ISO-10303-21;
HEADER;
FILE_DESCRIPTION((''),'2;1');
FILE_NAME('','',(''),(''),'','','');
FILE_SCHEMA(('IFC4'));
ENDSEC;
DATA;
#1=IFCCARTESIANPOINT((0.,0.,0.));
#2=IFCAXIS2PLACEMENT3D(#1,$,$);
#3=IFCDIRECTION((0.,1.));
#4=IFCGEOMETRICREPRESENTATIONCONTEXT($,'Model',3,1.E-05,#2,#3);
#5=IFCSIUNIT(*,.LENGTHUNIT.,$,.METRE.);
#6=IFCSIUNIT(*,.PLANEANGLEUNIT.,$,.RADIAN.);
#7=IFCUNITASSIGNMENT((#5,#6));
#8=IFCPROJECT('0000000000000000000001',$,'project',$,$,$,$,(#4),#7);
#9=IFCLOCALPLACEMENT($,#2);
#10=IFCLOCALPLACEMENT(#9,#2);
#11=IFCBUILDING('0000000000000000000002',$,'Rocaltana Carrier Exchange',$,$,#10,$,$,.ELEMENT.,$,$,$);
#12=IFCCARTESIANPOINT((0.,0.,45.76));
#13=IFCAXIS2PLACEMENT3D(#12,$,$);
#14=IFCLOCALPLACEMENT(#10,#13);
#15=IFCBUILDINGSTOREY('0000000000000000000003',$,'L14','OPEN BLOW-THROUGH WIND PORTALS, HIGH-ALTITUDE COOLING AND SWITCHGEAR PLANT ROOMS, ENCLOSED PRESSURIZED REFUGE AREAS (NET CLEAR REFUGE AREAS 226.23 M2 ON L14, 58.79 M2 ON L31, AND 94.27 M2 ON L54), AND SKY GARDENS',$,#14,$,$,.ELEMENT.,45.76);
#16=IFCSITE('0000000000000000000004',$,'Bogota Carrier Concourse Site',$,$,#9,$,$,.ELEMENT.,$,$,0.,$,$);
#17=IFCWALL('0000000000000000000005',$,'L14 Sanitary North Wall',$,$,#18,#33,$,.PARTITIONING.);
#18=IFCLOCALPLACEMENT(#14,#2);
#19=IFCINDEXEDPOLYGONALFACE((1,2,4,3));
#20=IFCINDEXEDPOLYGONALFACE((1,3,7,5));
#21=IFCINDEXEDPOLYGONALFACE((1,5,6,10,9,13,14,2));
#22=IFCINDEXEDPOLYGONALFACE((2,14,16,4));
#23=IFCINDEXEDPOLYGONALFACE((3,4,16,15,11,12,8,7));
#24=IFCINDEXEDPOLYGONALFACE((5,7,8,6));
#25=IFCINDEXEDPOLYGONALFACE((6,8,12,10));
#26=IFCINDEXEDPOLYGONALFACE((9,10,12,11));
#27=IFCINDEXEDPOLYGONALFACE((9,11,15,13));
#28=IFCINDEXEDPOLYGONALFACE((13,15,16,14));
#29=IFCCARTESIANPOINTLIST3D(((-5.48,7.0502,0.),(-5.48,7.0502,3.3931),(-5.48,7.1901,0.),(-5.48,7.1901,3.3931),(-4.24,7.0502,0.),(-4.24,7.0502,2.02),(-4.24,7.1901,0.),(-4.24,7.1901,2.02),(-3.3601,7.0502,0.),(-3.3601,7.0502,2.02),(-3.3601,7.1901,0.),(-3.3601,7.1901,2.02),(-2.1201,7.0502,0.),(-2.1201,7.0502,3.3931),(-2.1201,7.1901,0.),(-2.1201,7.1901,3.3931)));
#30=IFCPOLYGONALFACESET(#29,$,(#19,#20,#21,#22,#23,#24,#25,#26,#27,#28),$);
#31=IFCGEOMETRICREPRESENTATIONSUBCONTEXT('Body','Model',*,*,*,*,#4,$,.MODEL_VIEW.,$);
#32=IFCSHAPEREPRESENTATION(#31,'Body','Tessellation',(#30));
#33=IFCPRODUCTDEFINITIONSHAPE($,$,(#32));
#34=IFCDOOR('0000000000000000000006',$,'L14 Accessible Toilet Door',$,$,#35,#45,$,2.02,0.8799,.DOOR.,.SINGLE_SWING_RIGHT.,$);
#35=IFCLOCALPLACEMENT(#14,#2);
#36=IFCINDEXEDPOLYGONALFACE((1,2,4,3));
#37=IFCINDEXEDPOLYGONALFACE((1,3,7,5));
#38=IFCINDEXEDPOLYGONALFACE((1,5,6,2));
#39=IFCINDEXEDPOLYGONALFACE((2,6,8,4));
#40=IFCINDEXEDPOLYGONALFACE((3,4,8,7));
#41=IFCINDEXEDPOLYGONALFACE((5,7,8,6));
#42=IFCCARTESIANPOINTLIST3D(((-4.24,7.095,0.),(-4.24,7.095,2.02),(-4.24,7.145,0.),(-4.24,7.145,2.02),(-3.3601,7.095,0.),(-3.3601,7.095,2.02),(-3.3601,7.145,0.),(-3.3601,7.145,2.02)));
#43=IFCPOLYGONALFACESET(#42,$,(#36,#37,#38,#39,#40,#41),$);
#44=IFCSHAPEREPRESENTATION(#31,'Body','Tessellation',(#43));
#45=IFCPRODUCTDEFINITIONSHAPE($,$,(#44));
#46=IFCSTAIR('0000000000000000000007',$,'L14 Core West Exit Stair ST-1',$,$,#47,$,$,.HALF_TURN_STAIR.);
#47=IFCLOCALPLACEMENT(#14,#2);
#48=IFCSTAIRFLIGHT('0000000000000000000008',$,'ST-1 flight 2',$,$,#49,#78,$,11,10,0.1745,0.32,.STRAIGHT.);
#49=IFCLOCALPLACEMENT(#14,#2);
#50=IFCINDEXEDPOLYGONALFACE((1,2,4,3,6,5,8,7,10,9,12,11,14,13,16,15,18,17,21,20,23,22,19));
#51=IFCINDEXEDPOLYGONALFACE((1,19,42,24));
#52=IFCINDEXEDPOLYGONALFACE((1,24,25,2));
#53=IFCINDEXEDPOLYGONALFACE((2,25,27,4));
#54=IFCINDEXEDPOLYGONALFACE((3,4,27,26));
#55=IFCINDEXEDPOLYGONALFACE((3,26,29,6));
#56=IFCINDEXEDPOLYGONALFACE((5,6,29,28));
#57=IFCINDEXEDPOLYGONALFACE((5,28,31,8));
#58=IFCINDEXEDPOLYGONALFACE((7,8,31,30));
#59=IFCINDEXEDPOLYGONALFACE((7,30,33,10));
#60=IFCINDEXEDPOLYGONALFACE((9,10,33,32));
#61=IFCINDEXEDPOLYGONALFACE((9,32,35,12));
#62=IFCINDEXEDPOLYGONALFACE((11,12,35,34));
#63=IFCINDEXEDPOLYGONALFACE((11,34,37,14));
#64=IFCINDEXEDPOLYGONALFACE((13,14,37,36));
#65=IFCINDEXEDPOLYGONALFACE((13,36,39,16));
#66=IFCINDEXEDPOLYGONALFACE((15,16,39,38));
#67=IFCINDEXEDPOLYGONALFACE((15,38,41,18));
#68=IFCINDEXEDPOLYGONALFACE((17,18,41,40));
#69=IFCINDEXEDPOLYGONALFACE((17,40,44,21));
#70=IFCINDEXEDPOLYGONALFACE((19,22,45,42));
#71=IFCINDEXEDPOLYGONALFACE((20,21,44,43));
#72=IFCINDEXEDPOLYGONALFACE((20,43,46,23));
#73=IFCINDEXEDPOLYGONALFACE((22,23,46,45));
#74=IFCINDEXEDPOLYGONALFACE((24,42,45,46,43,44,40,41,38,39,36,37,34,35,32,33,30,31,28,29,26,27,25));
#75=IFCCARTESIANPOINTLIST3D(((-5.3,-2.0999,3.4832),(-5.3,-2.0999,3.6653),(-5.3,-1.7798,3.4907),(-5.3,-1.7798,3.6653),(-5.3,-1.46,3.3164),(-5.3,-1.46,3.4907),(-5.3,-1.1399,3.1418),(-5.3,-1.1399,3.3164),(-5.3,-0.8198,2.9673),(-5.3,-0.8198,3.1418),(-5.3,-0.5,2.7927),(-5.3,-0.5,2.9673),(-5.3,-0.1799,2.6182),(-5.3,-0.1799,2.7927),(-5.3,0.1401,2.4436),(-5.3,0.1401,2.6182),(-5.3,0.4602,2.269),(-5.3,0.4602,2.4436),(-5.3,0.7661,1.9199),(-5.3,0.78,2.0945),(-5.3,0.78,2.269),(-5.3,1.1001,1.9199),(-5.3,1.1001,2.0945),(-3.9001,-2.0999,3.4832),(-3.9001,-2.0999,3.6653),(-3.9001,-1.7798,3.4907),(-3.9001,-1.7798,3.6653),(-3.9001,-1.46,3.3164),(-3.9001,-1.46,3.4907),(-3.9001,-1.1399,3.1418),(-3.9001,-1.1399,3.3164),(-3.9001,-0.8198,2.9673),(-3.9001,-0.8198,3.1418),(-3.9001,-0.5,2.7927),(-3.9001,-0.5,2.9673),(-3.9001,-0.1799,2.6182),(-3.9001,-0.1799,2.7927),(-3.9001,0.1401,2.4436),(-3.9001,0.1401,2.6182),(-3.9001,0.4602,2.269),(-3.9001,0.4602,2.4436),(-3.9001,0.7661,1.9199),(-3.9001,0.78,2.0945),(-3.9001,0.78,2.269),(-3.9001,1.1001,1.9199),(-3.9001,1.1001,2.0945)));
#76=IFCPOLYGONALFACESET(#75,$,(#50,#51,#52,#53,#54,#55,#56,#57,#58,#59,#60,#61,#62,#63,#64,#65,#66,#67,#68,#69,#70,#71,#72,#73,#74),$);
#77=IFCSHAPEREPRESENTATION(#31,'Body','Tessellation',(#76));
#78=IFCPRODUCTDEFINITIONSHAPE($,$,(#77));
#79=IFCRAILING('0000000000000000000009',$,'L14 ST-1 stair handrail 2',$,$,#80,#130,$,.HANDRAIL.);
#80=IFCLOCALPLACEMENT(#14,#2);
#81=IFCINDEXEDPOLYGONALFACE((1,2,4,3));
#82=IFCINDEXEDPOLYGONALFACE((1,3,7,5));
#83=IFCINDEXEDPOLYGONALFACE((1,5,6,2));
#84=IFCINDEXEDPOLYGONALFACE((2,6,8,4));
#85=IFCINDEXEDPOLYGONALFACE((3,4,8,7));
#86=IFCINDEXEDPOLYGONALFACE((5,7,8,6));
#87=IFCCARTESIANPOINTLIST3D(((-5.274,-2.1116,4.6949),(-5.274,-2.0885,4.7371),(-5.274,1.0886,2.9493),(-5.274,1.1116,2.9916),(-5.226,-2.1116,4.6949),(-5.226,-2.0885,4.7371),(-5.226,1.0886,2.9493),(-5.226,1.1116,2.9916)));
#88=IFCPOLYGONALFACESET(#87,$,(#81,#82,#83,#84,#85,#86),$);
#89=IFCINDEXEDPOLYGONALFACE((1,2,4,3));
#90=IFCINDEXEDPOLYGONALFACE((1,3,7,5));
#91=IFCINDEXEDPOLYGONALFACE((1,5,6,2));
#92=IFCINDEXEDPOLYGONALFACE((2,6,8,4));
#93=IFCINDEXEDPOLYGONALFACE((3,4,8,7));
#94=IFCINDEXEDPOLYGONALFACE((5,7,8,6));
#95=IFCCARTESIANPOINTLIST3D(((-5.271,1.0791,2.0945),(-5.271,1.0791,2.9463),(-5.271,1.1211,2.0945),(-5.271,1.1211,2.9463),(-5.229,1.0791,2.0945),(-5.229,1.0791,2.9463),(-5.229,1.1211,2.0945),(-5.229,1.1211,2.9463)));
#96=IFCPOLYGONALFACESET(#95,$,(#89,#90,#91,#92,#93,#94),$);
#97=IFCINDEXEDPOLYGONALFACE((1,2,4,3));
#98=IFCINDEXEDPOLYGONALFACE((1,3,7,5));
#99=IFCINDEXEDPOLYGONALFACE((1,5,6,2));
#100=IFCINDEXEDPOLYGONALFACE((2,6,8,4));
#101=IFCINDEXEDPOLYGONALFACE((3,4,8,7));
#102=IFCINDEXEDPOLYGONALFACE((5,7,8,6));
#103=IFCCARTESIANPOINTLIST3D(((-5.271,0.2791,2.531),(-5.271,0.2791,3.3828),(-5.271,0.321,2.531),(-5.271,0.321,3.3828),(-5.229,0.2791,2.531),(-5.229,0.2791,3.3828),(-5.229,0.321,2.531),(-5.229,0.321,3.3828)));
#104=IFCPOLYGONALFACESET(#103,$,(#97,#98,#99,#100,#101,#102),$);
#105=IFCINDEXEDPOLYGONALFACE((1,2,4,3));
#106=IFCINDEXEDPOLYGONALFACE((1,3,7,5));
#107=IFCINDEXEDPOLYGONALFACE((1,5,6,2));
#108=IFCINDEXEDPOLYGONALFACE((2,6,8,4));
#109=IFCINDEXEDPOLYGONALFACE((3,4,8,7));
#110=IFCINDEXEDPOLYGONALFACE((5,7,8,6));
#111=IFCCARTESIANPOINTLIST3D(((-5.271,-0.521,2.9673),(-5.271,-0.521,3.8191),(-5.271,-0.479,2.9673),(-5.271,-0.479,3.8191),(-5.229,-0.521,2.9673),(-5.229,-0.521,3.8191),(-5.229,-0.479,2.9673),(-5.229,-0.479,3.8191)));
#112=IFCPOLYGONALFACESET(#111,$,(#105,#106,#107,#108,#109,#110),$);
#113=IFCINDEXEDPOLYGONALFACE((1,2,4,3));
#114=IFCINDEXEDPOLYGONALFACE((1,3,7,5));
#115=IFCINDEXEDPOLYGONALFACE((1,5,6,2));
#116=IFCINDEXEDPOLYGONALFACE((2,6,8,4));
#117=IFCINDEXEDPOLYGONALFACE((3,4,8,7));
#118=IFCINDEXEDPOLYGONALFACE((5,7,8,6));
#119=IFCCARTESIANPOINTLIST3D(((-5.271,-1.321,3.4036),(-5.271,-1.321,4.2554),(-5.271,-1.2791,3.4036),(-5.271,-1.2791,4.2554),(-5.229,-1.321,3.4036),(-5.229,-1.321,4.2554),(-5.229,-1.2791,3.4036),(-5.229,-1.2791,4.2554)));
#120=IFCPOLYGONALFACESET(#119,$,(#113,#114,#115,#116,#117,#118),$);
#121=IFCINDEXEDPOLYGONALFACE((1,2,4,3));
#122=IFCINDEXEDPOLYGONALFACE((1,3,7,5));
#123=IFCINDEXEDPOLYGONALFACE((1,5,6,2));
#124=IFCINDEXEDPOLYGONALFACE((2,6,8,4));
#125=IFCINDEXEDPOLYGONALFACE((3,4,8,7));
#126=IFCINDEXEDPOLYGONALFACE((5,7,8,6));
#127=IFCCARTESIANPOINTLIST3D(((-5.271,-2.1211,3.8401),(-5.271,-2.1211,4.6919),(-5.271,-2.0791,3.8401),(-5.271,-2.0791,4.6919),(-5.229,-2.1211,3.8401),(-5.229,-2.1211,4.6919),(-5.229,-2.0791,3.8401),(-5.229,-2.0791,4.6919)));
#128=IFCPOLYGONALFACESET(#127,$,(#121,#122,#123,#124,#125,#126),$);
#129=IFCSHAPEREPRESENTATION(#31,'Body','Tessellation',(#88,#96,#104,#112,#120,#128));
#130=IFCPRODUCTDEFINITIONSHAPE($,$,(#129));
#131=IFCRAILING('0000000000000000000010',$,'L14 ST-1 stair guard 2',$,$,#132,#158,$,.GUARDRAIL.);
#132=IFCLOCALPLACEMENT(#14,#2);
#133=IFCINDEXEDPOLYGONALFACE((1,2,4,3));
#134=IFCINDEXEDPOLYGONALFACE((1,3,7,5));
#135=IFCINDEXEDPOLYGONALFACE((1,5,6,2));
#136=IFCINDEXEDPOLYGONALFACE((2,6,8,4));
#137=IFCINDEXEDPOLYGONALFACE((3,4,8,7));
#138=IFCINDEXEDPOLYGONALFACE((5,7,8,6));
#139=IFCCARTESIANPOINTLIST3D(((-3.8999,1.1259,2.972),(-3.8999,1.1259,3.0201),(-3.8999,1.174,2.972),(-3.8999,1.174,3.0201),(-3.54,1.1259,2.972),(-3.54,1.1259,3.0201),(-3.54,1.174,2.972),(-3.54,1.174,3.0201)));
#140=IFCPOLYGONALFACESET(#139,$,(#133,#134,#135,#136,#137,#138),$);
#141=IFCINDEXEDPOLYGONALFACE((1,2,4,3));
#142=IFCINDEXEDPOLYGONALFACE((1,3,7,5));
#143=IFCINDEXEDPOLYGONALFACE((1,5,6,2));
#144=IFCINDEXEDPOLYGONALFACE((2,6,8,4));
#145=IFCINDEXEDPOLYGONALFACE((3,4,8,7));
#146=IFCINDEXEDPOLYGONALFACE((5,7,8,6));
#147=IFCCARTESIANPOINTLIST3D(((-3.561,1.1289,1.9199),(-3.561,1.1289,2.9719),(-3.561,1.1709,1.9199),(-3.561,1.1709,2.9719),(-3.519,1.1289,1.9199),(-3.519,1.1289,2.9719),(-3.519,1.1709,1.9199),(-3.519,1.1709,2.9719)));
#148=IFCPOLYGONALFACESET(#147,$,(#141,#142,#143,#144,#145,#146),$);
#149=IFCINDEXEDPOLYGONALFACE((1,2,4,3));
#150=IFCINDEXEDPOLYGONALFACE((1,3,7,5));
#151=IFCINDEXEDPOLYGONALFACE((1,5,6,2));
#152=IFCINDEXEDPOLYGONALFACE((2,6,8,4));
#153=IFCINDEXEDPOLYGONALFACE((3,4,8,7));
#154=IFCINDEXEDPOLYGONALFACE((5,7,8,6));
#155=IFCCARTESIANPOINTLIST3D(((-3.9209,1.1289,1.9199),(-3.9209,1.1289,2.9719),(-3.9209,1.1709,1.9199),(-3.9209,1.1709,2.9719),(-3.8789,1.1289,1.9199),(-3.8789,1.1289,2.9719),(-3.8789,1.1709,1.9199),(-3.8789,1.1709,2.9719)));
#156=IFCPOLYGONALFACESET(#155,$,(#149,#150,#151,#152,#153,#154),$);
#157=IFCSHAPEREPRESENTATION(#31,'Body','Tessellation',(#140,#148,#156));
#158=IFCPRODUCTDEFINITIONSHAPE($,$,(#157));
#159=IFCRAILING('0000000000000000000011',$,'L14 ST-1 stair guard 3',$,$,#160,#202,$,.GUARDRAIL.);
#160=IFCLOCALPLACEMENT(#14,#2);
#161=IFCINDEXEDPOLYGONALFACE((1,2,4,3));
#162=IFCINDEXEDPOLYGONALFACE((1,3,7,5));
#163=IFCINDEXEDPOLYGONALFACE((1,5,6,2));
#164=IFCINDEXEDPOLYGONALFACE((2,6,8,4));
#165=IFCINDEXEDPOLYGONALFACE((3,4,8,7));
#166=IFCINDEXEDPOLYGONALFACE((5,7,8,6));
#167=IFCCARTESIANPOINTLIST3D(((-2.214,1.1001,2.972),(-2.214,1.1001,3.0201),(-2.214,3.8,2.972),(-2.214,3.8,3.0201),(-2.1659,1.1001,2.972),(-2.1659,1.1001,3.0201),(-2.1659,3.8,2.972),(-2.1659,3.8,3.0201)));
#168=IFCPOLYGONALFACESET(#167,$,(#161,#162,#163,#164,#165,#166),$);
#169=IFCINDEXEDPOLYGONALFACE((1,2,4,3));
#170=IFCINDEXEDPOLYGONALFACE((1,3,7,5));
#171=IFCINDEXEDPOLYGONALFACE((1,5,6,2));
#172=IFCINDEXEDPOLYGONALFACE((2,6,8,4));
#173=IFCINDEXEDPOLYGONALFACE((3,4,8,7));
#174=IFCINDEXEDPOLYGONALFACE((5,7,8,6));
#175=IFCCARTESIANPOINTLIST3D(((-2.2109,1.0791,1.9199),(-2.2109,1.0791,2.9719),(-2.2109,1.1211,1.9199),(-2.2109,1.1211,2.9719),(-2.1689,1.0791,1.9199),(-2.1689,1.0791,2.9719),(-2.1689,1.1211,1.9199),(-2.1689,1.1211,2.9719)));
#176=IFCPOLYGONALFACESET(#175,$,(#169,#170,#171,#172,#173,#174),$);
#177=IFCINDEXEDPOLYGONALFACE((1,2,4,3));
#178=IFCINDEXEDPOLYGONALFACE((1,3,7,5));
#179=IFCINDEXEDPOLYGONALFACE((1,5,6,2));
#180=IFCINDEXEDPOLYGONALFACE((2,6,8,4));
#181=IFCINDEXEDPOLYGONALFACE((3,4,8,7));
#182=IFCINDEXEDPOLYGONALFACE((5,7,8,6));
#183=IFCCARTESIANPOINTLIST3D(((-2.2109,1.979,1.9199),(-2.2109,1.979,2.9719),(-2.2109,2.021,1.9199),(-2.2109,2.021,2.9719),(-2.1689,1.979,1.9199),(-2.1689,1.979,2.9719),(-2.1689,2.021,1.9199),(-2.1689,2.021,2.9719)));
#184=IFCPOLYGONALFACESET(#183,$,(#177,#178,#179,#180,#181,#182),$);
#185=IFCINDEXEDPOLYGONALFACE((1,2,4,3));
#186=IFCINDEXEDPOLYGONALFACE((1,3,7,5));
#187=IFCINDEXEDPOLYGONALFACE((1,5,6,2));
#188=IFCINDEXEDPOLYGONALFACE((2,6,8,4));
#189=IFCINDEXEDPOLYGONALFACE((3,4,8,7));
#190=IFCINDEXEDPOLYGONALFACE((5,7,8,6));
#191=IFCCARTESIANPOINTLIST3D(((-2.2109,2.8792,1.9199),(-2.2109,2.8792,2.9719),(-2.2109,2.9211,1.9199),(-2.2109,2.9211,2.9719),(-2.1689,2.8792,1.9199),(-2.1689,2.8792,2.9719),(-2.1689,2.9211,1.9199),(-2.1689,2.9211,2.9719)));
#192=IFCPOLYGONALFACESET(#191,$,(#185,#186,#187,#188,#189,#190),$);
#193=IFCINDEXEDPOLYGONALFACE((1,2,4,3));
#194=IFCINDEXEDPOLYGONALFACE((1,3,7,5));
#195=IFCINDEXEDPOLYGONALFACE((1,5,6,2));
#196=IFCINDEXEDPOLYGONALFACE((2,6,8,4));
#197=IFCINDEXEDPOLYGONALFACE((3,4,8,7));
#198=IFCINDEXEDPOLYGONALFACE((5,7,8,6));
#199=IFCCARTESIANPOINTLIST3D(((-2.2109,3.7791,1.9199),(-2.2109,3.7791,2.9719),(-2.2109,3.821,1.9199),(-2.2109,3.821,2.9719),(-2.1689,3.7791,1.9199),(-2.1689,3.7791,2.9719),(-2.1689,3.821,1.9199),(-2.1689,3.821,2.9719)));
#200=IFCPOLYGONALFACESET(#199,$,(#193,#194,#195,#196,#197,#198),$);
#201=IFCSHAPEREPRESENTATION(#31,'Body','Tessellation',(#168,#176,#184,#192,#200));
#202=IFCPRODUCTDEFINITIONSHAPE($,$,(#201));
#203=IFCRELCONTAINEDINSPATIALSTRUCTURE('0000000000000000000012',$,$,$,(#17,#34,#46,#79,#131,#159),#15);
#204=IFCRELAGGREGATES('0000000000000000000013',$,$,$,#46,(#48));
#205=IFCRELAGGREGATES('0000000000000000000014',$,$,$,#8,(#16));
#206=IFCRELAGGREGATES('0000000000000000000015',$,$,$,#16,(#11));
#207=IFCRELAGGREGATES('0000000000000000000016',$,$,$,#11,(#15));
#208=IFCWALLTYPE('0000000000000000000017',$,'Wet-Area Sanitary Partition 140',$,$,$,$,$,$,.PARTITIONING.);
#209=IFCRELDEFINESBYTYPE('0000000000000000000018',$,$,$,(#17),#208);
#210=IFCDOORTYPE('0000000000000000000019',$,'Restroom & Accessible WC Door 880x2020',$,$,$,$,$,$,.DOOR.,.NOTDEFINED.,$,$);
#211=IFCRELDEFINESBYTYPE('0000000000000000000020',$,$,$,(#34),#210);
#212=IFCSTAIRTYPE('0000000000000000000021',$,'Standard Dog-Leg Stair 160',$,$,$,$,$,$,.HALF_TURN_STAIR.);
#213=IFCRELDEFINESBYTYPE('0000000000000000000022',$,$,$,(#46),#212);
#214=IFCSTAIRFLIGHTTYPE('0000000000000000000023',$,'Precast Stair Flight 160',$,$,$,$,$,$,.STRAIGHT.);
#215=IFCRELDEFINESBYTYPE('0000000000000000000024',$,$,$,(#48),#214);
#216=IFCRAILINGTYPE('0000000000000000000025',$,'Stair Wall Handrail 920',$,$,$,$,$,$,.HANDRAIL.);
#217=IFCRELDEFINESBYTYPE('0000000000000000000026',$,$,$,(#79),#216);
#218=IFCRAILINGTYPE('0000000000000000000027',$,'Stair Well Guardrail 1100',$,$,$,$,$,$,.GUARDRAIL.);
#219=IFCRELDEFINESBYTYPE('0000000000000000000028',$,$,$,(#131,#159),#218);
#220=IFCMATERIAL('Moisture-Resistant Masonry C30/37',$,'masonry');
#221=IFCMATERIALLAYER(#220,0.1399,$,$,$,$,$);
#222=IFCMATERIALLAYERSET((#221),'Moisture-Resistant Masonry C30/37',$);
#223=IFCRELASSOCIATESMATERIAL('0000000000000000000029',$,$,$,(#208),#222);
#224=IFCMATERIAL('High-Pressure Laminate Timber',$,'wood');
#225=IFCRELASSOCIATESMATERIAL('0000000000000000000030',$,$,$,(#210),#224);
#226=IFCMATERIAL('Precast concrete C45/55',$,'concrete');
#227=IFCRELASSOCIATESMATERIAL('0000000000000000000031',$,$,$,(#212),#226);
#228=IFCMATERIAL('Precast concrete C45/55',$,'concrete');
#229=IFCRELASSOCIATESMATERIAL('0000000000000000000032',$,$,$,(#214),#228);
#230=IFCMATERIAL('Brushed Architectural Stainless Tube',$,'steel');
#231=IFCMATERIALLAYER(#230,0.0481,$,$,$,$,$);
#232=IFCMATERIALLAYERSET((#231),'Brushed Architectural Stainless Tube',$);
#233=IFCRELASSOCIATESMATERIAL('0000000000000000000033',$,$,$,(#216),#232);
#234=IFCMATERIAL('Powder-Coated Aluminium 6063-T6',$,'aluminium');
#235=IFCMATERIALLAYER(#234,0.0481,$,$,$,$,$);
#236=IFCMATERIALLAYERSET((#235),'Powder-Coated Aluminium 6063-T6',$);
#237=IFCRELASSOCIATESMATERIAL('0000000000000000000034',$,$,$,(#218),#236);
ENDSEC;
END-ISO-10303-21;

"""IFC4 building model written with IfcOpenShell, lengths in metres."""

from ifc_helpers import new_model, si_unit, direction, frame, frame_2d, origin, origin_2d, place, context, subcontext, project, spatial, polyline, rectangle, outline, extrude, material, layer, layer_set, type_object, element, fill, aggregate, save


model = new_model("IFC4")

# Units and contexts
model_context = context("Model", 3, precision=1e-05, world=origin(), true_north=direction((0.0, 1.0)))
body_context = subcontext(model_context, "Body", "Model", "MODEL_VIEW")
ifc_project = project(units=[si_unit("LENGTHUNIT", "METRE"), si_unit("PLANEANGLEUNIT", "RADIAN")], contexts=[model_context])

# Site, building, storey
site_placement = place(None, origin())
site = spatial("IfcSite", under=ifc_project, at=site_placement, Name="Bogota Carrier Concourse Site", CompositionType="ELEMENT", RefElevation=0.0)
building_placement = place(site_placement, origin())
building = spatial("IfcBuilding", under=site, at=building_placement, Name="Rocaltana Carrier Exchange", CompositionType="ELEMENT")
storey_placement = place(building_placement, frame((0.0, 0.0, 45.76)))
storey = spatial("IfcBuildingStorey", under=building, at=storey_placement, Name="L14", Description="OPEN BLOW-THROUGH WIND PORTALS, HIGH-ALTITUDE COOLING AND SWITCHGEAR PLANT ROOMS, ENCLOSED PRESSURIZED REFUGE AREAS (NET CLEAR REFUGE AREAS 226.23 M2 ON L14, 58.79 M2 ON L31, AND 94.27 M2 ON L54), AND SKY GARDENS", CompositionType="ELEMENT", Elevation=45.76)

# Shared definitions
ifc_material_1 = material(Name="Moisture-Resistant Masonry C30/37", Category="masonry")
ifc_layer_1 = layer(ifc_material_1, 0.1399)
ifc_layer_set_1 = layer_set([ifc_layer_1], Name="Moisture-Resistant Masonry C30/37")
wall_type_1 = type_object("IfcWallType", Name="Wet-Area Sanitary Partition 140", PredefinedType="PARTITIONING", material=ifc_layer_set_1)

# Wall, opening, door
wall_1_placement = place(storey_placement, frame((-5.48, 7.1201, 0.0), z_axis=(0.0, 0.0, 1.0), x_axis=(1.0, 0.0, 0.0)))
wall_1 = element("IfcWall", 1, at=wall_1_placement, inside=storey, type_object=wall_type_1, Name="L14 Sanitary North Wall", PredefinedType="PARTITIONING", context=body_context, shape_type="SweptSolid", body=[
    extrude(rectangle(XDim=3.3599, YDim=0.1399, at=frame_2d((1.6799, 0.0))), origin(), (0.0, 0.0, 1.0), 3.3931),
])
opening_placement = place(wall_1_placement, frame((1.24, 0.0, 0.0)))
opening = element("IfcOpeningElement", 2, at=opening_placement, cuts=wall_1, PredefinedType="OPENING", context=body_context, shape_type="SweptSolid", body=[
    extrude(rectangle(XDim=0.8799, YDim=2.02, at=frame_2d((0.4399, 1.01))), frame((0.0, 0.0798, 0.0), z_axis=(0.0, -1.0, 0.0), x_axis=(1.0, 0.0, 0.0)), (0.0, 0.0, 1.0), 0.1599),
])
ifc_material_2 = material(Name="High-Pressure Laminate Timber", Category="wood")
door_type = type_object("IfcDoorType", Name="Restroom & Accessible WC Door 880x2020", OperationType="NOTDEFINED", PredefinedType="DOOR", material=ifc_material_2)
door_placement = place(opening_placement, origin())
door = element("IfcDoor", 3, at=door_placement, inside=storey, type_object=door_type, Name="L14 Accessible Toilet Door", OperationType="SINGLE_SWING_RIGHT", OverallHeight=2.02, OverallWidth=0.8799, PredefinedType="DOOR", context=body_context, shape_type="SweptSolid", body=[
    extrude(rectangle(XDim=0.8799, YDim=2.02, at=frame_2d((0.4399, 1.01))), frame((0.0, 0.0249, 0.0), z_axis=(0.0, -1.0, 0.0), x_axis=(1.0, 0.0, 0.0)), (0.0, 0.0, 1.0), 0.05),
])
fill(opening, door)

# Stair, stair flight
ifc_material_3 = material(Name="Precast concrete C45/55", Category="concrete")
stair_type = type_object("IfcStairType", Name="Standard Dog-Leg Stair 160", PredefinedType="HALF_TURN_STAIR", material=ifc_material_3)
stair_placement = place(storey_placement, origin())
stair = element("IfcStair", 4, at=stair_placement, inside=storey, type_object=stair_type, Name="L14 Core West Exit Stair ST-1", PredefinedType="HALF_TURN_STAIR")
ifc_material_4 = material(Name="Precast concrete C45/55", Category="concrete")
stair_flight_type = type_object("IfcStairFlightType", Name="Precast Stair Flight 160", PredefinedType="STRAIGHT", material=ifc_material_4)
stair_flight_placement = place(storey_placement, frame((-4.6001, 1.1001, 1.9199), z_axis=(0.0, 0.0, 1.0), x_axis=(0.0, -1.0, 0.0)))
stair_flight = element("IfcStairFlight", 5, at=stair_flight_placement, type_object=stair_flight_type, Name="ST-1 flight 2", NumberOfRisers=11, NumberOfTreads=10, PredefinedType="STRAIGHT", RiserHeight=0.1745, TreadLength=0.32, context=body_context, shape_type="SweptSolid", body=[
    extrude(outline(polyline([(0.0, 0.0), (0.0, 0.1746), (0.3201, 0.1746), (0.3201, 0.3491), (0.6399, 0.3491), (0.6399, 0.5237), (0.96, 0.5237), (0.96, 0.6982), (1.28, 0.6982), (1.28, 0.8728), (1.6001, 0.8728), (1.6001, 1.0474), (1.9199, 1.0474), (1.9199, 1.2219), (2.24, 1.2219), (2.24, 1.3965), (2.5601, 1.3965), (2.5601, 1.5708), (2.8799, 1.5708), (2.8799, 1.7454), (3.2, 1.7454), (3.2, 1.9199), (3.2, 1.5632), (0.334, 0.0), (0.0, 0.0)])), frame((0.0, 0.7, 0.0), z_axis=(0.0, -1.0, 0.0), x_axis=(1.0, 0.0, 0.0)), (0.0, 0.0, 1.0), 1.3999),
])
aggregate(stair, [stair_flight])

# Railings
ifc_material_5 = material(Name="Brushed Architectural Stainless Tube", Category="steel")
ifc_layer_2 = layer(ifc_material_5, 0.0481)
ifc_layer_set_2 = layer_set([ifc_layer_2], Name="Brushed Architectural Stainless Tube")
railing_type_1 = type_object("IfcRailingType", Name="Stair Wall Handrail 920", PredefinedType="HANDRAIL", material=ifc_layer_set_2)
railing_1_placement = place(storey_placement, frame((-5.25, 1.1001, 2.0945)))
element("IfcRailing", 6, at=railing_1_placement, inside=storey, type_object=railing_type_1, Name="L14 ST-1 stair handrail 2", PredefinedType="HANDRAIL", context=body_context, shape_type="SweptSolid", body=[
    extrude(rectangle(XDim=0.0481, YDim=0.0481, at=origin_2d()), frame((0.0, 0.0, 0.876), z_axis=(0.0, -0.87789, 0.478862), x_axis=(1.0, 0.0, 0.0)), (0.0, 0.0, 1.0), 3.6453),
    extrude(rectangle(XDim=0.042, YDim=0.042, at=origin_2d()), origin(), (0.0, 0.0, 1.0), 0.8518),
    extrude(rectangle(XDim=0.042, YDim=0.042, at=origin_2d()), frame((0.0, -0.8, 0.4365)), (0.0, 0.0, 1.0), 0.8518),
    extrude(rectangle(XDim=0.042, YDim=0.042, at=origin_2d()), frame((0.0, -1.6001, 0.8728)), (0.0, 0.0, 1.0), 0.8518),
    extrude(rectangle(XDim=0.042, YDim=0.042, at=origin_2d()), frame((0.0, -2.4001, 1.3091)), (0.0, 0.0, 1.0), 0.8518),
    extrude(rectangle(XDim=0.042, YDim=0.042, at=origin_2d()), frame((0.0, -3.2002, 1.7456)), (0.0, 0.0, 1.0), 0.8518),
])
ifc_material_6 = material(Name="Powder-Coated Aluminium 6063-T6", Category="aluminium")
ifc_layer_3 = layer(ifc_material_6, 0.0481)
ifc_layer_set_3 = layer_set([ifc_layer_3], Name="Powder-Coated Aluminium 6063-T6")
railing_type_2 = type_object("IfcRailingType", Name="Stair Well Guardrail 1100", PredefinedType="GUARDRAIL", material=ifc_layer_set_3)
railing_2_placement = place(storey_placement, frame((-3.54, 1.1499, 1.9199)))
element("IfcRailing", 7, at=railing_2_placement, inside=storey, type_object=railing_type_2, Name="L14 ST-1 stair guard 2", PredefinedType="GUARDRAIL", context=body_context, shape_type="SweptSolid", body=[
    extrude(rectangle(XDim=0.0481, YDim=0.0481, at=origin_2d()), frame((0.0, 0.0, 1.0762), z_axis=(-1.0, 0.0, 0.0), x_axis=(0.0, -1.0, 0.0)), (0.0, 0.0, 1.0), 0.3599),
    extrude(rectangle(XDim=0.042, YDim=0.042, at=origin_2d()), origin(), (0.0, 0.0, 1.0), 1.052),
    extrude(rectangle(XDim=0.042, YDim=0.042, at=origin_2d()), frame((-0.3599, 0.0, 0.0)), (0.0, 0.0, 1.0), 1.052),
])
for number, where, name in (
    (8, (-2.1899, 1.1001, 1.9199), "L14 ST-1 stair guard 3"),
):
    element("IfcRailing", number, at=place(storey_placement, frame(where)), inside=storey, type_object=railing_type_2, Name=name, PredefinedType="GUARDRAIL", context=body_context, shape_type="SweptSolid", body=[
        extrude(rectangle(XDim=0.0481, YDim=0.0481, at=origin_2d()), frame((0.0, 0.0, 1.0762), z_axis=(0.0, 1.0, 0.0), x_axis=(-1.0, 0.0, 0.0)), (0.0, 0.0, 1.0), 2.7),
        extrude(rectangle(XDim=0.042, YDim=0.042, at=origin_2d()), origin(), (0.0, 0.0, 1.0), 1.052),
        extrude(rectangle(XDim=0.042, YDim=0.042, at=origin_2d()), frame((0.0, 0.8999, 0.0)), (0.0, 0.0, 1.0), 1.052),
        extrude(rectangle(XDim=0.042, YDim=0.042, at=origin_2d()), frame((0.0, 1.8, 0.0)), (0.0, 0.0, 1.0), 1.052),
        extrude(rectangle(XDim=0.042, YDim=0.042, at=origin_2d()), frame((0.0, 2.7, 0.0)), (0.0, 0.0, 1.0), 1.052),
    ])

save(model, "model.ifc")
